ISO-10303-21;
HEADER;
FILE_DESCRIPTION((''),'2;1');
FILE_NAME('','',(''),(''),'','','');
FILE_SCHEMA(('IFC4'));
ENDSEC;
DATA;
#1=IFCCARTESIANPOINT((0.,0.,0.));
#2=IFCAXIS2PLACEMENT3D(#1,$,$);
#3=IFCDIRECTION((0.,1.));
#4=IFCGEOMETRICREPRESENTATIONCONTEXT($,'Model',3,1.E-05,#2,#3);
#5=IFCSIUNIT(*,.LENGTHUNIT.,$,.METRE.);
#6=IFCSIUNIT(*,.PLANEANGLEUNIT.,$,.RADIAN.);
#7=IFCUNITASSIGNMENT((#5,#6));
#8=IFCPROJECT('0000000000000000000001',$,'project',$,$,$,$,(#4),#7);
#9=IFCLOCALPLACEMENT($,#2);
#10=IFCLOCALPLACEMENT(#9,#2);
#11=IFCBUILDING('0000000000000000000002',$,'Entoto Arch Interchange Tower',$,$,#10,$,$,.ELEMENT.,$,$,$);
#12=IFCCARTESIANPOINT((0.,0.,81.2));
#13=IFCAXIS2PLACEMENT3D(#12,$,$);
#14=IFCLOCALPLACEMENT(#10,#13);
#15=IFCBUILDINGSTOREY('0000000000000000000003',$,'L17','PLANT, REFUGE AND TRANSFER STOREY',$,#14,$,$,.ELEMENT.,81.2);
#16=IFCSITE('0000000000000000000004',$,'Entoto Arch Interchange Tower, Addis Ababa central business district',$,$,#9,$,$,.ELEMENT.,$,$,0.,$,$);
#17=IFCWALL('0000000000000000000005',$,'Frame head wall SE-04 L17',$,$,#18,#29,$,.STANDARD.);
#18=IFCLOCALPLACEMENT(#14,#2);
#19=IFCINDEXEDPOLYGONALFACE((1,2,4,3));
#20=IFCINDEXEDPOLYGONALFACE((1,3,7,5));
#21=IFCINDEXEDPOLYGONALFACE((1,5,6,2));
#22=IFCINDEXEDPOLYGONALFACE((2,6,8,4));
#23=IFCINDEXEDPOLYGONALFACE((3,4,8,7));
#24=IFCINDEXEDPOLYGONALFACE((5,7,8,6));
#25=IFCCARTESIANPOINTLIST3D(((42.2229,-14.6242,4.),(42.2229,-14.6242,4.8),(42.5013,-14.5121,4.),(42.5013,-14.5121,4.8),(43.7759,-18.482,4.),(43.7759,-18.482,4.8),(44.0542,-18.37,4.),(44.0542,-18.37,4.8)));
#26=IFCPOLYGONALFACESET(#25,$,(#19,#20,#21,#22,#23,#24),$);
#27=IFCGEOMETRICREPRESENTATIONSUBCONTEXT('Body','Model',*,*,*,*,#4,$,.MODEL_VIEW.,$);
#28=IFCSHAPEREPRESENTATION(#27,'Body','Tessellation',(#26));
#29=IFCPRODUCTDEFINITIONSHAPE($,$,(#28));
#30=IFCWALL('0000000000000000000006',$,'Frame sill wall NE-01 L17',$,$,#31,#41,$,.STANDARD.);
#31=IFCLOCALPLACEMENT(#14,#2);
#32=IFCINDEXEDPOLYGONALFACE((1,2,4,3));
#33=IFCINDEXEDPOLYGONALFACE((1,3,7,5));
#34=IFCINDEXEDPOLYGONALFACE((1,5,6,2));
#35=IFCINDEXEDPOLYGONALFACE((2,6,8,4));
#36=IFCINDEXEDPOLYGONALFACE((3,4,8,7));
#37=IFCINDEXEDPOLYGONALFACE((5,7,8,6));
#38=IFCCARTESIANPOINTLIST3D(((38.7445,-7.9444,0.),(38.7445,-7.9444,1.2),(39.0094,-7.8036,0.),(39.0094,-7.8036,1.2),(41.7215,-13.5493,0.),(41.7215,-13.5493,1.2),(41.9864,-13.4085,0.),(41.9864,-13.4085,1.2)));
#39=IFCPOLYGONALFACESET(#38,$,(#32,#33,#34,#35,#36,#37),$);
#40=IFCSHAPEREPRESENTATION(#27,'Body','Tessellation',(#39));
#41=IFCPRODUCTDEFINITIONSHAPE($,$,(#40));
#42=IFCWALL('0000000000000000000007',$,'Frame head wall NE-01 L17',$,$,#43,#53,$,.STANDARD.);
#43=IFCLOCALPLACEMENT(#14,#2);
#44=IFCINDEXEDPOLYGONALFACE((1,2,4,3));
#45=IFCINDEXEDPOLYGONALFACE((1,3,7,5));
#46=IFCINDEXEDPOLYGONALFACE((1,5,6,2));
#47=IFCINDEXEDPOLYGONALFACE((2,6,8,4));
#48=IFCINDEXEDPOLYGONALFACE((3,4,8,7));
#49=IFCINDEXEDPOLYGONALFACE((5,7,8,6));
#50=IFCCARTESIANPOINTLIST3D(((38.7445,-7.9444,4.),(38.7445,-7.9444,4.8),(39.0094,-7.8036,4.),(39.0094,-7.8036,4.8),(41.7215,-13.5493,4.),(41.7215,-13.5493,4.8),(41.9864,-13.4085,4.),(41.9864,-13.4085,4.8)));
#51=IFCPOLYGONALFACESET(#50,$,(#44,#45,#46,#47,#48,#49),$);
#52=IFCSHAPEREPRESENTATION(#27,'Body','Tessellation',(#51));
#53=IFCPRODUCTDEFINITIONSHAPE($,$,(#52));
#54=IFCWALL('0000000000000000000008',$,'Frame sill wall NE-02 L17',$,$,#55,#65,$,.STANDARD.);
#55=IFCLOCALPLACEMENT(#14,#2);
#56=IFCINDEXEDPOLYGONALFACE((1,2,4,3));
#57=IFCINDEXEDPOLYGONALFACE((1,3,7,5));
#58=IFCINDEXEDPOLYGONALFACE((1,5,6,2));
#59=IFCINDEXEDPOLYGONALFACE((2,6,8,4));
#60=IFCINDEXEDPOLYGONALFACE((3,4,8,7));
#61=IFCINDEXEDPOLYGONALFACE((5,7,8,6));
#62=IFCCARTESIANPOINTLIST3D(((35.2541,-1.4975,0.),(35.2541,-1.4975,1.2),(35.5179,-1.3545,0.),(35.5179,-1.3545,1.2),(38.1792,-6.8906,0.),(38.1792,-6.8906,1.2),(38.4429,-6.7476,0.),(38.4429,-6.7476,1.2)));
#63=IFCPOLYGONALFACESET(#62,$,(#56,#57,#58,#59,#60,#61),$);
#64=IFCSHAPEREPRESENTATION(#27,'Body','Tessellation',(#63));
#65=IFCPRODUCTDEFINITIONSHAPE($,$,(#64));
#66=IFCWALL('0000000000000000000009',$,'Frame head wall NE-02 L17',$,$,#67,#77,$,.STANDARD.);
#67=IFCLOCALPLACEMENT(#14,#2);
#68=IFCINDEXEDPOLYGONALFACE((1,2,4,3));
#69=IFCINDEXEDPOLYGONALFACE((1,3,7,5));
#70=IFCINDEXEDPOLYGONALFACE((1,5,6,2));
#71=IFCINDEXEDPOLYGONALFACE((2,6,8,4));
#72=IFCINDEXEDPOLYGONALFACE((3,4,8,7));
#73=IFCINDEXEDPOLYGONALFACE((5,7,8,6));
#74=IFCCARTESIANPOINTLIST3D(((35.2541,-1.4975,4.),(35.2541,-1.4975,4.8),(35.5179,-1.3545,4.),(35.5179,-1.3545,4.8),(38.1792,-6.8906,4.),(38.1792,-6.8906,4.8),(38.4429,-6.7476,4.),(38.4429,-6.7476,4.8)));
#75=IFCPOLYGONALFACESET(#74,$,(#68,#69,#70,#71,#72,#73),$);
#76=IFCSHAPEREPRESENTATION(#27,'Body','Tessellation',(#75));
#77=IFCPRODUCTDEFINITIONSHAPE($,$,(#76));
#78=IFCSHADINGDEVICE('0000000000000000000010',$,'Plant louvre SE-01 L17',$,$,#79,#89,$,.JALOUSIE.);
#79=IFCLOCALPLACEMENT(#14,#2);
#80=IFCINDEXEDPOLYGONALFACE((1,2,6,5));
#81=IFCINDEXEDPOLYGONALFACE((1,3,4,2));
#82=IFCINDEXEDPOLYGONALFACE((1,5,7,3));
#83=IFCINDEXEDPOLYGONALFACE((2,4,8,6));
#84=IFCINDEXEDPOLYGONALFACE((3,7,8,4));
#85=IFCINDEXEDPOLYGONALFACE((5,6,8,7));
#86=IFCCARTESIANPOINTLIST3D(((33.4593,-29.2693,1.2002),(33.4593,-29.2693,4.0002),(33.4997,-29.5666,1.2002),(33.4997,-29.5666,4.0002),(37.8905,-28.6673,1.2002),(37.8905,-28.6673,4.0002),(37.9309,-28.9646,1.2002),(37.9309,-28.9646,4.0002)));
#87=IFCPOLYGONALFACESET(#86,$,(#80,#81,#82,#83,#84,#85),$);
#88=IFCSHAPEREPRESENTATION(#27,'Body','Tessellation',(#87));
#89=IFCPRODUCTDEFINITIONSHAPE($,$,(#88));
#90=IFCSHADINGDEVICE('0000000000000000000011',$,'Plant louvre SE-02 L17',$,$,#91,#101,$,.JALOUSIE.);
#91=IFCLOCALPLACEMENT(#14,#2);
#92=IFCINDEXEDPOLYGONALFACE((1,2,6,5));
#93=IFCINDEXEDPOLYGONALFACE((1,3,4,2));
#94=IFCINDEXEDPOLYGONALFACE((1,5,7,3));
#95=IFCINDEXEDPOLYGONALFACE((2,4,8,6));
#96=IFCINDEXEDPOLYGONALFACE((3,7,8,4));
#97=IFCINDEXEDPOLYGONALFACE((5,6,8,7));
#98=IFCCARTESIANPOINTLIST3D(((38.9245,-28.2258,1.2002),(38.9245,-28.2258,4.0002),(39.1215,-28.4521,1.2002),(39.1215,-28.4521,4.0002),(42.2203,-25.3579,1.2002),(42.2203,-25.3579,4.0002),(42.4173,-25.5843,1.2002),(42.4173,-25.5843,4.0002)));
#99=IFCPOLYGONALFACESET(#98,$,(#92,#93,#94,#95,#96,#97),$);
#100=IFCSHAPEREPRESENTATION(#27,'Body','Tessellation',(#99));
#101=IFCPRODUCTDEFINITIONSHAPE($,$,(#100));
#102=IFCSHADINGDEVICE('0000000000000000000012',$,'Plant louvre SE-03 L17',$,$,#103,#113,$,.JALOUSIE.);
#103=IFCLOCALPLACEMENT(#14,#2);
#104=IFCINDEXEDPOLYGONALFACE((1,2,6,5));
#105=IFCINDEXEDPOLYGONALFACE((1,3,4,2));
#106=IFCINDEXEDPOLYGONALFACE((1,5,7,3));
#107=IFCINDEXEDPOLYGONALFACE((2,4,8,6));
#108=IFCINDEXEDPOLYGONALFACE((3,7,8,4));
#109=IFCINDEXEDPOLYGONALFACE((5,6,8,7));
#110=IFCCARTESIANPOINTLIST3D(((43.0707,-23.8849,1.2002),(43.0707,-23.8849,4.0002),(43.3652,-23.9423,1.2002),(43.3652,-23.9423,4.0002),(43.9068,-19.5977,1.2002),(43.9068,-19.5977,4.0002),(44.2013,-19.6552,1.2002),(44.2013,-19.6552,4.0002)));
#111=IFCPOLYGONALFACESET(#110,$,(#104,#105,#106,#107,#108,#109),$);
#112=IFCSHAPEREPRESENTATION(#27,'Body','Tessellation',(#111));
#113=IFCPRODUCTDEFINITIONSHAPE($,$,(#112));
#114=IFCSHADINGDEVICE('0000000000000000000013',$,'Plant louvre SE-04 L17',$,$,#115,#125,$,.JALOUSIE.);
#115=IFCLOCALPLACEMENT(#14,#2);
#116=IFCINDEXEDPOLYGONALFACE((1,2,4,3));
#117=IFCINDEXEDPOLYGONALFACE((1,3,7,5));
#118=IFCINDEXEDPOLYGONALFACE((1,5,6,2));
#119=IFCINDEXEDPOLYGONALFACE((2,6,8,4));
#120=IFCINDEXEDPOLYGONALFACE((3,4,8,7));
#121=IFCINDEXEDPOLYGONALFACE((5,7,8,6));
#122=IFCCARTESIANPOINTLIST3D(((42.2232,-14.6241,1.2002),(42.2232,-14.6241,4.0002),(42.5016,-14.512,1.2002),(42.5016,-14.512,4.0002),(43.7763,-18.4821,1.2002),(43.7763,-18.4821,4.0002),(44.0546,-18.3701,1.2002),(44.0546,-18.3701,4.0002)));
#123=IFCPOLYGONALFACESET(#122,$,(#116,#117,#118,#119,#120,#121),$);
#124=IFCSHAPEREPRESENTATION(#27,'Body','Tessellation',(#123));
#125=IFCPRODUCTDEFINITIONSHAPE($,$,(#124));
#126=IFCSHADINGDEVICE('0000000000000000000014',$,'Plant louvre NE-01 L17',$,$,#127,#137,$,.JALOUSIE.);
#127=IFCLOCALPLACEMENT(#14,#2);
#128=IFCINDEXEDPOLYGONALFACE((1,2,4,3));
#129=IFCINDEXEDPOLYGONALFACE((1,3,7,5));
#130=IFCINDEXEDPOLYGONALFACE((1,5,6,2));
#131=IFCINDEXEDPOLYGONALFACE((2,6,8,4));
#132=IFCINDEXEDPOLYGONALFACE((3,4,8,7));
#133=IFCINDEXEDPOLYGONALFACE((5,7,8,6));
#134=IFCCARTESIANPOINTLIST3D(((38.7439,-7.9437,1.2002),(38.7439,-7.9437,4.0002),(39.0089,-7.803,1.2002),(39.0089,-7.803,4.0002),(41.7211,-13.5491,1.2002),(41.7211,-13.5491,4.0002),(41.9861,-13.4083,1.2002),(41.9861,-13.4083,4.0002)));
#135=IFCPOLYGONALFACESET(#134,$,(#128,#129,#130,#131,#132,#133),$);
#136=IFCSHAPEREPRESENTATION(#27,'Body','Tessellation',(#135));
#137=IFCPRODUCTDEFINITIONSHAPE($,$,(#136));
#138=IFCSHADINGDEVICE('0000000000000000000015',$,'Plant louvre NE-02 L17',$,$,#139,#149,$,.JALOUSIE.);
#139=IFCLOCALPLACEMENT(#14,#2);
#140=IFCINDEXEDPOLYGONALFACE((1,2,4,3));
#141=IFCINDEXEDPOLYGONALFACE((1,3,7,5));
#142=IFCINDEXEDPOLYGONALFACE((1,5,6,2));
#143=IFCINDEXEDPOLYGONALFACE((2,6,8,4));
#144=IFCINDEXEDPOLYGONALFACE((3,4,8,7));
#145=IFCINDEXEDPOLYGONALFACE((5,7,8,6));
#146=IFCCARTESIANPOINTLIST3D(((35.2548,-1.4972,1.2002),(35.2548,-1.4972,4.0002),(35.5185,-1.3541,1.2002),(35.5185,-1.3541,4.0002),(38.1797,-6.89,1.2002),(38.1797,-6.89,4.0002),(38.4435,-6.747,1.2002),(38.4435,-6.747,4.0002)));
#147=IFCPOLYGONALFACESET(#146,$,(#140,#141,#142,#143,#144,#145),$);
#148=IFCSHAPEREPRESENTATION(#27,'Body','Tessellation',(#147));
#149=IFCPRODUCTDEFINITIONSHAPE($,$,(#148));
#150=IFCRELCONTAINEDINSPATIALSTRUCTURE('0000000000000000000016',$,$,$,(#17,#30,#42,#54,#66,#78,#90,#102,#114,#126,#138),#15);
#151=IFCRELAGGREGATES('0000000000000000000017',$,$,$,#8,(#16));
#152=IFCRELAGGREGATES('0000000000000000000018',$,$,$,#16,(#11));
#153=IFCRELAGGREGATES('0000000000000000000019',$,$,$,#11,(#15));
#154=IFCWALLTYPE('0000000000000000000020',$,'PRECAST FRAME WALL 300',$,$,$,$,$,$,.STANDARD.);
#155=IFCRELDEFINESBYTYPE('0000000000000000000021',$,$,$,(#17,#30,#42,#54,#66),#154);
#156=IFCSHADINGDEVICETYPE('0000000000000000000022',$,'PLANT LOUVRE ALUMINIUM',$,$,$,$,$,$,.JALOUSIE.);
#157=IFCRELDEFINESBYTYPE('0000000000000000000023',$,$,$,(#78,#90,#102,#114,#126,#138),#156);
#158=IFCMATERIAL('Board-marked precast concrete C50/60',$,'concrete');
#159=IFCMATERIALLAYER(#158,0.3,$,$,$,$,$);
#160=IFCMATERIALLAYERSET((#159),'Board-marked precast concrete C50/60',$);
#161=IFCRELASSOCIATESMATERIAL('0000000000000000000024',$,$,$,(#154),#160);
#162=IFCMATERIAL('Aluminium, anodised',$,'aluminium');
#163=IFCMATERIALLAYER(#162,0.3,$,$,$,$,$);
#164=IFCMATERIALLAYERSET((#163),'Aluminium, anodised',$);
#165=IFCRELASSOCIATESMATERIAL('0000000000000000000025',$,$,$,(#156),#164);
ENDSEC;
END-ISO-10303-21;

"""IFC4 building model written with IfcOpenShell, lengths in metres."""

from ifc_helpers import new_model, si_unit, direction, frame, frame_2d, origin, origin_2d, place, context, subcontext, project, spatial, rectangle, extrude, material, layer, layer_set, type_object, element, save


model = new_model("IFC4")

# Units and contexts
model_context = context("Model", 3, precision=1e-05, world=origin(), true_north=direction((0.0, 1.0)))
body_context = subcontext(model_context, "Body", "Model", "MODEL_VIEW")
ifc_project = project(units=[si_unit("LENGTHUNIT", "METRE"), si_unit("PLANEANGLEUNIT", "RADIAN")], contexts=[model_context])

# Site, building, storey
site_placement = place(None, origin())
site = spatial("IfcSite", under=ifc_project, at=site_placement, Name="Entoto Arch Interchange Tower, Addis Ababa central business district", CompositionType="ELEMENT", RefElevation=0.0)
building_placement = place(site_placement, origin())
building = spatial("IfcBuilding", under=site, at=building_placement, Name="Entoto Arch Interchange Tower", CompositionType="ELEMENT")
storey_placement = place(building_placement, frame((0.0, 0.0, 81.2)))
storey = spatial("IfcBuildingStorey", under=building, at=storey_placement, Name="L17", Description="PLANT, REFUGE AND TRANSFER STOREY", CompositionType="ELEMENT", Elevation=81.2)

# Walls
ifc_material_1 = material(Name="Board-marked precast concrete C50/60", Category="concrete")
ifc_layer_1 = layer(ifc_material_1, 0.3)
ifc_layer_set_1 = layer_set([ifc_layer_1], Name="Board-marked precast concrete C50/60")
wall_type_1 = type_object("IfcWallType", Name="PRECAST FRAME WALL 300", PredefinedType="STANDARD", material=ifc_layer_set_1)
wall_1_placement = place(storey_placement, frame((43.915, -18.426, 4.0), z_axis=(0.0, 0.0, 1.0), x_axis=(-0.373424, 0.927661, 0.0)))
element("IfcWall", 1, at=wall_1_placement, inside=storey, type_object=wall_type_1, Name="Frame head wall SE-04 L17", PredefinedType="STANDARD", context=body_context, shape_type="SweptSolid", body=[
    extrude(rectangle(XDim=4.1587, YDim=0.3, at=frame_2d((2.0793, 0.0))), origin(), (0.0, 0.0, 1.0), 0.8),
])
wall_2_placement = place(storey_placement, frame((41.854, -13.479, 0.0), z_axis=(0.0, 0.0, 1.0), x_axis=(-0.469082, 0.883155, 0.0)))
element("IfcWall", 2, at=wall_2_placement, inside=storey, type_object=wall_type_1, Name="Frame sill wall NE-01 L17", PredefinedType="STANDARD", context=body_context, shape_type="SweptSolid", body=[
    extrude(rectangle(XDim=6.3464, YDim=0.3, at=frame_2d((3.1733, 0.0))), origin(), (0.0, 0.0, 1.0), 1.2),
])
wall_3_placement = place(storey_placement, frame((41.854, -13.479, 4.0), z_axis=(0.0, 0.0, 1.0), x_axis=(-0.469082, 0.883155, 0.0)))
element("IfcWall", 3, at=wall_3_placement, inside=storey, type_object=wall_type_1, Name="Frame head wall NE-01 L17", PredefinedType="STANDARD", context=body_context, shape_type="SweptSolid", body=[
    extrude(rectangle(XDim=6.3464, YDim=0.3, at=frame_2d((3.1733, 0.0))), origin(), (0.0, 0.0, 1.0), 0.8),
])
wall_4_placement = place(storey_placement, frame((38.311, -6.8191, 0.0), z_axis=(0.0, 0.0, 1.0), x_axis=(-0.476763, 0.879032, 0.0)))
element("IfcWall", 4, at=wall_4_placement, inside=storey, type_object=wall_type_1, Name="Frame sill wall NE-02 L17", PredefinedType="STANDARD", context=body_context, shape_type="SweptSolid", body=[
    extrude(rectangle(XDim=6.1353, YDim=0.3, at=frame_2d((3.0676, 0.0))), origin(), (0.0, 0.0, 1.0), 1.2),
])
wall_5_placement = place(storey_placement, frame((38.311, -6.8191, 4.0), z_axis=(0.0, 0.0, 1.0), x_axis=(-0.476763, 0.879032, 0.0)))
element("IfcWall", 5, at=wall_5_placement, inside=storey, type_object=wall_type_1, Name="Frame head wall NE-02 L17", PredefinedType="STANDARD", context=body_context, shape_type="SweptSolid", body=[
    extrude(rectangle(XDim=6.1353, YDim=0.3, at=frame_2d((3.0676, 0.0))), origin(), (0.0, 0.0, 1.0), 0.8),
])

# Shading devices
ifc_material_2 = material(Name="Aluminium, anodised", Category="aluminium")
ifc_layer_2 = layer(ifc_material_2, 0.3)
ifc_layer_set_2 = layer_set([ifc_layer_2], Name="Aluminium, anodised")
shading_device_type = type_object("IfcShadingDeviceType", Name="PLANT LOUVRE ALUMINIUM", PredefinedType="JALOUSIE", material=ifc_layer_set_2)
shading_device_1_placement = place(storey_placement, frame((35.6951, -29.1169, 1.2002), z_axis=(0.0, 0.0, 1.0), x_axis=(0.990896, 0.134626, 0.0)))
element("IfcShadingDevice", 6, at=shading_device_1_placement, inside=storey, type_object=shading_device_type, Name="Plant louvre SE-01 L17", PredefinedType="JALOUSIE", context=body_context, shape_type="SweptSolid", body=[
    extrude(rectangle(XDim=4.4719, YDim=0.3, at=origin_2d()), origin(), (0.0, 0.0, 1.0), 2.8),
])
shading_device_2_placement = place(storey_placement, frame((40.6709, -26.905, 1.2002), z_axis=(0.0, 0.0, 1.0), x_axis=(0.754389, 0.656428, 0.0)))
element("IfcShadingDevice", 7, at=shading_device_2_placement, inside=storey, type_object=shading_device_type, Name="Plant louvre SE-02 L17", PredefinedType="JALOUSIE", context=body_context, shape_type="SweptSolid", body=[
    extrude(rectangle(XDim=4.3689, YDim=0.3, at=origin_2d()), origin(), (0.0, 0.0, 1.0), 2.8),
])
shading_device_3_placement = place(storey_placement, frame((43.636, -21.77, 1.2002), z_axis=(0.0, 0.0, 1.0), x_axis=(0.191409, 0.98151, 0.0)))
element("IfcShadingDevice", 8, at=shading_device_3_placement, inside=storey, type_object=shading_device_type, Name="Plant louvre SE-03 L17", PredefinedType="JALOUSIE", context=body_context, shape_type="SweptSolid", body=[
    extrude(rectangle(XDim=4.3679, YDim=0.3, at=origin_2d()), origin(), (0.0, 0.0, 1.0), 2.8),
])
shading_device_4_placement = place(storey_placement, frame((43.1389, -16.4971, 1.2002), z_axis=(0.0, 0.0, 1.0), x_axis=(-0.373425, 0.92766, 0.0)))
element("IfcShadingDevice", 9, at=shading_device_4_placement, inside=storey, type_object=shading_device_type, Name="Plant louvre SE-04 L17", PredefinedType="JALOUSIE", context=body_context, shape_type="SweptSolid", body=[
    extrude(rectangle(XDim=4.1589, YDim=0.3, at=origin_2d()), origin(), (0.0, 0.0, 1.0), 2.8),
])
shading_device_5_placement = place(storey_placement, frame((40.365, -10.676, 1.2002), z_axis=(0.0, 0.0, 1.0), x_axis=(-0.469071, 0.883161, 0.0)))
element("IfcShadingDevice", 10, at=shading_device_5_placement, inside=storey, type_object=shading_device_type, Name="Plant louvre NE-01 L17", PredefinedType="JALOUSIE", context=body_context, shape_type="SweptSolid", body=[
    extrude(rectangle(XDim=6.3469, YDim=0.3, at=origin_2d()), origin(), (0.0, 0.0, 1.0), 2.8),
])
shading_device_6_placement = place(storey_placement, frame((36.8491, -4.1221, 1.2002), z_axis=(0.0, 0.0, 1.0), x_axis=(-0.47676, 0.879034, 0.0)))
element("IfcShadingDevice", 11, at=shading_device_6_placement, inside=storey, type_object=shading_device_type, Name="Plant louvre NE-02 L17", PredefinedType="JALOUSIE", context=body_context, shape_type="SweptSolid", body=[
    extrude(rectangle(XDim=6.135, YDim=0.3, at=origin_2d()), origin(), (0.0, 0.0, 1.0), 2.8),
])

save(model, "model.ifc")
